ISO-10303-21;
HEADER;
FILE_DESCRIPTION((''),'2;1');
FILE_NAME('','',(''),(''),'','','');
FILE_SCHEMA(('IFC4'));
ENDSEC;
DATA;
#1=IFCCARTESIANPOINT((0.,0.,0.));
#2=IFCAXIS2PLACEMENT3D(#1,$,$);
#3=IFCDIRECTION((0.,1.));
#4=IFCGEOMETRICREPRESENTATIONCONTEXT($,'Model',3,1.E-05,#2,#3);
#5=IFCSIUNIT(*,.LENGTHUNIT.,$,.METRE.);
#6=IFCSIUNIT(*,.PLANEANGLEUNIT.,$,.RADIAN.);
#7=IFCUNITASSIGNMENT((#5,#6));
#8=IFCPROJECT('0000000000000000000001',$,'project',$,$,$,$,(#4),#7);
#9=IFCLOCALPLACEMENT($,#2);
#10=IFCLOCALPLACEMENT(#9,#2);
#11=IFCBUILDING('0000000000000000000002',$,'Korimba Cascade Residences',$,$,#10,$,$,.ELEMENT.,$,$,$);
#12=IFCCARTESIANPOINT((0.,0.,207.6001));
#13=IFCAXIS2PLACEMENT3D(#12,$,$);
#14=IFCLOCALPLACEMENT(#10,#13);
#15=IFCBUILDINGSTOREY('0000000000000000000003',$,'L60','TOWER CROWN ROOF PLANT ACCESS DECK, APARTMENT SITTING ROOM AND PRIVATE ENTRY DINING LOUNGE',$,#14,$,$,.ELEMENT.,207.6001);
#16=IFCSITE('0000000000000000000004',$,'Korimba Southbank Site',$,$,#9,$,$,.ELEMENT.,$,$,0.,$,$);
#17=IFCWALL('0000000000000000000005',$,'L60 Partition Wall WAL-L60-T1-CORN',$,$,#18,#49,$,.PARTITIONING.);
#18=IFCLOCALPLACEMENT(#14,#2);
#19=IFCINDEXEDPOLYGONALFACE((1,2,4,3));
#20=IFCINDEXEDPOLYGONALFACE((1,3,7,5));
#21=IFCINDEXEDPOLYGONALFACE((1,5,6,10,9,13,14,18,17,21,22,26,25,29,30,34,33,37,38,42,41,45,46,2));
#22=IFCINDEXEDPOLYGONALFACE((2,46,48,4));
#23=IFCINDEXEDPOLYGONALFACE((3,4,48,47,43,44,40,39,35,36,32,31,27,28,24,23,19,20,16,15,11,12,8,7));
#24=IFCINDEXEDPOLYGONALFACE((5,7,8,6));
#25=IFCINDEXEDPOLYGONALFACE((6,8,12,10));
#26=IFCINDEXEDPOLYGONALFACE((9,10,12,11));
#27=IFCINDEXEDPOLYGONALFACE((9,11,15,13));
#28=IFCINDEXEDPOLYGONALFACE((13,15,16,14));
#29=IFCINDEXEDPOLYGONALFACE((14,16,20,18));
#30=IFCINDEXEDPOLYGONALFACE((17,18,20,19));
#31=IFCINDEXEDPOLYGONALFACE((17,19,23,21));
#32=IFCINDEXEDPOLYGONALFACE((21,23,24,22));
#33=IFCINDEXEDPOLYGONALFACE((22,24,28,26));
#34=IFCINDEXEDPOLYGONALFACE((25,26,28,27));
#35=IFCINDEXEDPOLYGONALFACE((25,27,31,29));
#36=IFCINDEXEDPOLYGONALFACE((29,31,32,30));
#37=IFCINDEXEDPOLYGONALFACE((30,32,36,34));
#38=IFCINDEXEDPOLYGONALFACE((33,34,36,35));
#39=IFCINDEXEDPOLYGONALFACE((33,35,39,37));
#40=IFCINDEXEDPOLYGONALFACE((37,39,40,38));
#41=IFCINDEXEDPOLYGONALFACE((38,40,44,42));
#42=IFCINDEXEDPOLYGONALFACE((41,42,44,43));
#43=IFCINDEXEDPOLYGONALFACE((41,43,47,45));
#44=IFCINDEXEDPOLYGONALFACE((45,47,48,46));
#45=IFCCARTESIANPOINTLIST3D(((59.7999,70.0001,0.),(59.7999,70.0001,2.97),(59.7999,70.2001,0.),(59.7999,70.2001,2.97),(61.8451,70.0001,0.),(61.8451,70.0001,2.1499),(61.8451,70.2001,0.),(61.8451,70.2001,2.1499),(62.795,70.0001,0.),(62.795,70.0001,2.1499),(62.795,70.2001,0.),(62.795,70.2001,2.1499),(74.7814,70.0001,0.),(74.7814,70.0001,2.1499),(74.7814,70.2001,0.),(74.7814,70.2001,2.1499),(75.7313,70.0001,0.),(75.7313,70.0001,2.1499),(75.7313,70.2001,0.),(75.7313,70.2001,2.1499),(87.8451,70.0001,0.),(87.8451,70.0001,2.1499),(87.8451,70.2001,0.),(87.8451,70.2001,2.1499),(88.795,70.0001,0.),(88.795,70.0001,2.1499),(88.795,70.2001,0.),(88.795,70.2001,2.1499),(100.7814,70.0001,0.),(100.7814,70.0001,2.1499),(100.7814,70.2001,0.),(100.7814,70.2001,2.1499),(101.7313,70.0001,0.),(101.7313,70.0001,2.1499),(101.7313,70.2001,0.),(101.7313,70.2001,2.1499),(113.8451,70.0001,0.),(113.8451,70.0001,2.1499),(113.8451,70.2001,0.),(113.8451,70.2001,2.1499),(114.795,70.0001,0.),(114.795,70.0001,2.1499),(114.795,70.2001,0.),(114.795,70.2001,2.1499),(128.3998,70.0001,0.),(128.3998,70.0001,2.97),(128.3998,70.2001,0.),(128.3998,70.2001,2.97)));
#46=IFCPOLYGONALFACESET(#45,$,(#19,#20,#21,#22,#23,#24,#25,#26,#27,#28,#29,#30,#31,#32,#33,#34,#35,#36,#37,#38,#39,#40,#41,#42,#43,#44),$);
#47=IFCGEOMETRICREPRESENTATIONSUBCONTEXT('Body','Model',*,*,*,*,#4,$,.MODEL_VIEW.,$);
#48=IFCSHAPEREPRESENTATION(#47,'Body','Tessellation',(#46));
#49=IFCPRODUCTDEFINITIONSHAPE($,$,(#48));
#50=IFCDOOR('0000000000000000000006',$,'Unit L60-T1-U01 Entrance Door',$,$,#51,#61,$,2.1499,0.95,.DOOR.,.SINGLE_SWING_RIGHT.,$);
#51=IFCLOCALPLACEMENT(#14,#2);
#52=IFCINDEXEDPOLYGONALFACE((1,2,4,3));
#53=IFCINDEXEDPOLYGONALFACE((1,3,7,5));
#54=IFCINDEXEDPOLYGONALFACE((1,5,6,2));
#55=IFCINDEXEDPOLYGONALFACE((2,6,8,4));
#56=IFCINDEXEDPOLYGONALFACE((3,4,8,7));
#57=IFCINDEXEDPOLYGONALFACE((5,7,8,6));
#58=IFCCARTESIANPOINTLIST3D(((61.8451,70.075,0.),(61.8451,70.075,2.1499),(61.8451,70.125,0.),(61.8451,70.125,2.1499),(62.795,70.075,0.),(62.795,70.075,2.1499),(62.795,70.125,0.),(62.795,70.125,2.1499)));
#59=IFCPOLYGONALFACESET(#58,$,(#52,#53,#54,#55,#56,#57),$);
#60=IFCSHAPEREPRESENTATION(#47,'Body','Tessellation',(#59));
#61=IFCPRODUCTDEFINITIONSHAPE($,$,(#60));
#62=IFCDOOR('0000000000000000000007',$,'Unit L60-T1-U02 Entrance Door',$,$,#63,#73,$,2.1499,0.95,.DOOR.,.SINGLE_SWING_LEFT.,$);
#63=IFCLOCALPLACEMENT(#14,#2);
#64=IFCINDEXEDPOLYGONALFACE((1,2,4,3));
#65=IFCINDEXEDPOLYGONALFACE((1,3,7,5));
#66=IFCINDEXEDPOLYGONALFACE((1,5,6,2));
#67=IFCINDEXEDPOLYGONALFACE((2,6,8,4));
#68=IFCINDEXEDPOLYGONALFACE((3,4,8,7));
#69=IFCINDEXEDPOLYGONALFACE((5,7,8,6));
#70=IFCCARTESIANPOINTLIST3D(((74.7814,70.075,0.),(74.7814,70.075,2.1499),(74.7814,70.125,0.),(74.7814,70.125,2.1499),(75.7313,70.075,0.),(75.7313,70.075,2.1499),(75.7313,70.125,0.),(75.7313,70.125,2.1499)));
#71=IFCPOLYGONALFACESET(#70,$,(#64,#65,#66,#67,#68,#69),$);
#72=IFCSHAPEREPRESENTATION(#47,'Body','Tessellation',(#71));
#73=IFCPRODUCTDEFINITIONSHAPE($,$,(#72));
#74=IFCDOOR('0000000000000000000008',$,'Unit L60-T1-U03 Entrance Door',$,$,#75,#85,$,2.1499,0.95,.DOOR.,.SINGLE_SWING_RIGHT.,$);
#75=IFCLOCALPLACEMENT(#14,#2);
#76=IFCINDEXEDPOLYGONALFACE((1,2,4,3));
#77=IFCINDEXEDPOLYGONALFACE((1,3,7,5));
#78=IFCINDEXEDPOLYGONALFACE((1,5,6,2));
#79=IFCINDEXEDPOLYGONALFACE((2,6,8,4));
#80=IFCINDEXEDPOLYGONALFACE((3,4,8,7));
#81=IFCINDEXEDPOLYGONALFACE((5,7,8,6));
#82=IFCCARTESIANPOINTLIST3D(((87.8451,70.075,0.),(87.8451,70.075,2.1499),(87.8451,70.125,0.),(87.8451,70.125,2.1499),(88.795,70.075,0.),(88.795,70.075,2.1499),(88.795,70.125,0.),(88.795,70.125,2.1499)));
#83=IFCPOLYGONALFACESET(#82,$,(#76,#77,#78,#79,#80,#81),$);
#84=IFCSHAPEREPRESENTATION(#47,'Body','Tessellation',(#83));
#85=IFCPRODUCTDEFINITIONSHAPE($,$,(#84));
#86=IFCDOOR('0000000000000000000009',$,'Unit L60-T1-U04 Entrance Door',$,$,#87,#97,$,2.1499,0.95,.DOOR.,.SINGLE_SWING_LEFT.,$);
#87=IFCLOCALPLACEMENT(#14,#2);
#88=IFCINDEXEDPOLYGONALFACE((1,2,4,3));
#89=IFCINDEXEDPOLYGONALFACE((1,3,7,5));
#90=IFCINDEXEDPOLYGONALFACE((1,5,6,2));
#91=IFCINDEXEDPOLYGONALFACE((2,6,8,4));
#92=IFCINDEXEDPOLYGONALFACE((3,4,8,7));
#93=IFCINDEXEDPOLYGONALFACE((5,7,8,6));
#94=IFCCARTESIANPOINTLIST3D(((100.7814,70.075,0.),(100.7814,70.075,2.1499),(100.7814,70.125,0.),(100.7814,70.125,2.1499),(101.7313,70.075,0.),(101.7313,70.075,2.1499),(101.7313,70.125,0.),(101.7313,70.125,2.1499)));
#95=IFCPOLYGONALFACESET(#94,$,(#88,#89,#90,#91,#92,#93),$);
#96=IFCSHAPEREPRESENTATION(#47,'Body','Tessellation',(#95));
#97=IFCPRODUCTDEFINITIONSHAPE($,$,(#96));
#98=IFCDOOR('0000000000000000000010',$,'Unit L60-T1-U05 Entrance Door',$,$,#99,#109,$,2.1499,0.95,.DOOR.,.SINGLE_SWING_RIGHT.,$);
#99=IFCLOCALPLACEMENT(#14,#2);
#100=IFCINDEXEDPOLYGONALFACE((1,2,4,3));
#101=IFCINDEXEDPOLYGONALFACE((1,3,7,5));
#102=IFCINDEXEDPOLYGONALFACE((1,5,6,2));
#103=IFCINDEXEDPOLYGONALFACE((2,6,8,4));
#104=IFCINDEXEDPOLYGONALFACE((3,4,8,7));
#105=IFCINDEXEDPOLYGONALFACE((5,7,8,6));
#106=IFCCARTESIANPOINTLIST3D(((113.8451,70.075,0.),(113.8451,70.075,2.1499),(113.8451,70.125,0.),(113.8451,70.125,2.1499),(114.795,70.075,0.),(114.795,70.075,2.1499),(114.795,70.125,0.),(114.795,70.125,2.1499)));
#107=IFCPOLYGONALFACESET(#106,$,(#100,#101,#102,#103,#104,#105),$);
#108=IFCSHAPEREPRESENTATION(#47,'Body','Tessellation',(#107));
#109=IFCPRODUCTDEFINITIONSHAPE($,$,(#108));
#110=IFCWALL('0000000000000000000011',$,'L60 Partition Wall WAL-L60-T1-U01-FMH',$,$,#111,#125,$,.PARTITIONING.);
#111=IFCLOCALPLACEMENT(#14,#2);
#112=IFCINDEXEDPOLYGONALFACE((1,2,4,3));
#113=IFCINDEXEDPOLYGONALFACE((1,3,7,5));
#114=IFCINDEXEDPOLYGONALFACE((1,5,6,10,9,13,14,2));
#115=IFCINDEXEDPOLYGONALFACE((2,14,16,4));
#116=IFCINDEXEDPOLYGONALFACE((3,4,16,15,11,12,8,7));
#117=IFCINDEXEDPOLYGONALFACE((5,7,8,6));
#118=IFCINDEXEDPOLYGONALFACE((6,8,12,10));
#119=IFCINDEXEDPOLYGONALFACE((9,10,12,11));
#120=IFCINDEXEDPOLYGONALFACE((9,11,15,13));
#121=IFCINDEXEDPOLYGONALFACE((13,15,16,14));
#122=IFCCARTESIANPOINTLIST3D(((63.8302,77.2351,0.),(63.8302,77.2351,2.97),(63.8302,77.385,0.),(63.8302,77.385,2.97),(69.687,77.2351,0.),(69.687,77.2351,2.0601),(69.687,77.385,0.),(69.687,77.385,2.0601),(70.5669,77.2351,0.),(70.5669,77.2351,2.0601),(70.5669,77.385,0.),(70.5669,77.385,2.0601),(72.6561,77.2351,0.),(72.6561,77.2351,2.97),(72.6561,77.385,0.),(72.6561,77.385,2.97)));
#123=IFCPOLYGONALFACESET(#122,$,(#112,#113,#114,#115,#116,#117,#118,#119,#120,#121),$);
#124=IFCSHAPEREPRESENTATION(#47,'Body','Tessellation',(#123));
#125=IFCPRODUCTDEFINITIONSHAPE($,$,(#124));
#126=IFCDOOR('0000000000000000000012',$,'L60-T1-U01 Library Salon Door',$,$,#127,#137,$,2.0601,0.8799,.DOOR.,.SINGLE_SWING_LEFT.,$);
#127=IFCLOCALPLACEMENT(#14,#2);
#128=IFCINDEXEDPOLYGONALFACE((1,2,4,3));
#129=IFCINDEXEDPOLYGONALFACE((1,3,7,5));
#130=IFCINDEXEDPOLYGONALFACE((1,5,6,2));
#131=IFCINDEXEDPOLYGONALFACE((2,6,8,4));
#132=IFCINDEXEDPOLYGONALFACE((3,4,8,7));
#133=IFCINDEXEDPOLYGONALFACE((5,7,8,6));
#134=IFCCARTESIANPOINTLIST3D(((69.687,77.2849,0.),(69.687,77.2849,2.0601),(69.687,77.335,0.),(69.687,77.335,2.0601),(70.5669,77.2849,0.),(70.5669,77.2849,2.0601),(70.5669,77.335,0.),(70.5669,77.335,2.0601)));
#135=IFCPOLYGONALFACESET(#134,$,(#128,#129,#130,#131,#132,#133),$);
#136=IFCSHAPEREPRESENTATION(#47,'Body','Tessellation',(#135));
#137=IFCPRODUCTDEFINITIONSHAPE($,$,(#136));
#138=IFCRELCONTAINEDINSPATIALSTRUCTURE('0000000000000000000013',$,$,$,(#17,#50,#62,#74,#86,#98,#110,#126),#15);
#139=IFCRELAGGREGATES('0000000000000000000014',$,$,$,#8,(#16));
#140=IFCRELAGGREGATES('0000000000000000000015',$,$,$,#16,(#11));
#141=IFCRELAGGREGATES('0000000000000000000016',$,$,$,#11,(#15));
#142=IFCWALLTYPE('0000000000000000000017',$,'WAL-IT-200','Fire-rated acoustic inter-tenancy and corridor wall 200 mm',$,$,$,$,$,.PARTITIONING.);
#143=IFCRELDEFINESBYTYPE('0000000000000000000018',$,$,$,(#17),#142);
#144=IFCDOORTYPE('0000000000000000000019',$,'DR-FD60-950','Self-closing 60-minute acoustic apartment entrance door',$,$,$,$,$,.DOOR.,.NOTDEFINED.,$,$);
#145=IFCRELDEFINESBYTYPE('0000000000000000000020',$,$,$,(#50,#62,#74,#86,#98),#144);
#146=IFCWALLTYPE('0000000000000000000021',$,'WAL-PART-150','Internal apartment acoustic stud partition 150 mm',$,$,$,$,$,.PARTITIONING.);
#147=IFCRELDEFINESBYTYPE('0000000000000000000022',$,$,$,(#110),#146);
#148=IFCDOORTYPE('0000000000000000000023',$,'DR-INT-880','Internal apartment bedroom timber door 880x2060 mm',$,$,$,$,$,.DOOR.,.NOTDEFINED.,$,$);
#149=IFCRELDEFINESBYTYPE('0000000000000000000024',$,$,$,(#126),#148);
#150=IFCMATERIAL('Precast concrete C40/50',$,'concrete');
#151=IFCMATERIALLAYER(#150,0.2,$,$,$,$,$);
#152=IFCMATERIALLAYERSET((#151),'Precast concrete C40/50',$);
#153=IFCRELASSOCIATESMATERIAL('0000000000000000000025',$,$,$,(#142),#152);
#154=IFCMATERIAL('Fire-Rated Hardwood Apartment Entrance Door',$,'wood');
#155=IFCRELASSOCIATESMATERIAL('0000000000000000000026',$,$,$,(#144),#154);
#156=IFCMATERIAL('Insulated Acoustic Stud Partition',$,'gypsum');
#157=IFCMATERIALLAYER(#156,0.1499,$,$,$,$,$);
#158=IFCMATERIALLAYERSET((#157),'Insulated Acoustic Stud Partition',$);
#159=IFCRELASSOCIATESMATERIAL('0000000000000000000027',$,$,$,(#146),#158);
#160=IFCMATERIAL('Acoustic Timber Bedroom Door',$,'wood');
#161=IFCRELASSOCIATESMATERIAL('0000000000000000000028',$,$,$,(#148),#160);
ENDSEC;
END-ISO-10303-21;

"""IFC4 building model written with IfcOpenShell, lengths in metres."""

from ifc_helpers import new_model, si_unit, direction, frame, frame_2d, origin, place, context, subcontext, project, spatial, rectangle, extrude, material, layer, layer_set, type_object, element, fill, save


model = new_model("IFC4")

# Units and contexts
model_context = context("Model", 3, precision=1e-05, world=origin(), true_north=direction((0.0, 1.0)))
body_context = subcontext(model_context, "Body", "Model", "MODEL_VIEW")
ifc_project = project(units=[si_unit("LENGTHUNIT", "METRE"), si_unit("PLANEANGLEUNIT", "RADIAN")], contexts=[model_context])

# Site, building, storey
site_placement = place(None, origin())
site = spatial("IfcSite", under=ifc_project, at=site_placement, Name="Korimba Southbank Site", CompositionType="ELEMENT", RefElevation=0.0)
building_placement = place(site_placement, origin())
building = spatial("IfcBuilding", under=site, at=building_placement, Name="Korimba Cascade Residences", CompositionType="ELEMENT")
storey_placement = place(building_placement, frame((0.0, 0.0, 207.6001)))
storey = spatial("IfcBuildingStorey", under=building, at=storey_placement, Name="L60", Description="TOWER CROWN ROOF PLANT ACCESS DECK, APARTMENT SITTING ROOM AND PRIVATE ENTRY DINING LOUNGE", CompositionType="ELEMENT", Elevation=207.6001)

# Shared definitions
ifc_material_1 = material(Name="Precast concrete C40/50", Category="concrete")
ifc_layer_1 = layer(ifc_material_1, 0.2)
ifc_layer_set_1 = layer_set([ifc_layer_1], Name="Precast concrete C40/50")
wall_type_1 = type_object("IfcWallType", Name="WAL-IT-200", Description="Fire-rated acoustic inter-tenancy and corridor wall 200 mm", PredefinedType="PARTITIONING", material=ifc_layer_set_1)

# Wall, openings, doors
wall_1_placement = place(storey_placement, frame((59.8, 70.1001, 0.0), z_axis=(0.0, 0.0, 1.0), x_axis=(1.0, 0.0, 0.0)))
wall_1 = element("IfcWall", 1, at=wall_1_placement, inside=storey, type_object=wall_type_1, Name="L60 Partition Wall WAL-L60-T1-CORN", PredefinedType="PARTITIONING", context=body_context, shape_type="SweptSolid", body=[
    extrude(rectangle(XDim=68.5999, YDim=0.2, at=frame_2d((34.2998, 0.0))), origin(), (0.0, 0.0, 1.0), 2.97),
])
opening_1_placement = place(wall_1_placement, frame((2.0449, 0.0, 0.0)))
opening_1 = element("IfcOpeningElement", 2, at=opening_1_placement, cuts=wall_1, PredefinedType="OPENING", context=body_context, shape_type="SweptSolid", body=[
    extrude(rectangle(XDim=0.95, YDim=2.1499, at=frame_2d((0.4751, 1.075))), frame((0.0, 0.1099, 0.0), z_axis=(0.0, -1.0, 0.0), x_axis=(1.0, 0.0, 0.0)), (0.0, 0.0, 1.0), 0.22),
])
opening_2_placement = place(wall_1_placement, frame((14.9812, 0.0, 0.0)))
opening_2 = element("IfcOpeningElement", 3, at=opening_2_placement, cuts=wall_1, PredefinedType="OPENING", context=body_context, shape_type="SweptSolid", body=[
    extrude(rectangle(XDim=0.95, YDim=2.1499, at=frame_2d((0.4751, 1.075))), frame((0.0, 0.1099, 0.0), z_axis=(0.0, -1.0, 0.0), x_axis=(1.0, 0.0, 0.0)), (0.0, 0.0, 1.0), 0.22),
])
opening_3_placement = place(wall_1_placement, frame((28.0449, 0.0, 0.0)))
opening_3 = element("IfcOpeningElement", 4, at=opening_3_placement, cuts=wall_1, PredefinedType="OPENING", context=body_context, shape_type="SweptSolid", body=[
    extrude(rectangle(XDim=0.95, YDim=2.1499, at=frame_2d((0.4751, 1.075))), frame((0.0, 0.1099, 0.0), z_axis=(0.0, -1.0, 0.0), x_axis=(1.0, 0.0, 0.0)), (0.0, 0.0, 1.0), 0.22),
])
opening_4_placement = place(wall_1_placement, frame((40.9812, 0.0, 0.0)))
opening_4 = element("IfcOpeningElement", 5, at=opening_4_placement, cuts=wall_1, PredefinedType="OPENING", context=body_context, shape_type="SweptSolid", body=[
    extrude(rectangle(XDim=0.95, YDim=2.1499, at=frame_2d((0.4751, 1.075))), frame((0.0, 0.1099, 0.0), z_axis=(0.0, -1.0, 0.0), x_axis=(1.0, 0.0, 0.0)), (0.0, 0.0, 1.0), 0.22),
])
opening_5_placement = place(wall_1_placement, frame((54.0449, 0.0, 0.0)))
opening_5 = element("IfcOpeningElement", 6, at=opening_5_placement, cuts=wall_1, PredefinedType="OPENING", context=body_context, shape_type="SweptSolid", body=[
    extrude(rectangle(XDim=0.95, YDim=2.1499, at=frame_2d((0.4751, 1.075))), frame((0.0, 0.1099, 0.0), z_axis=(0.0, -1.0, 0.0), x_axis=(1.0, 0.0, 0.0)), (0.0, 0.0, 1.0), 0.22),
])
ifc_material_2 = material(Name="Fire-Rated Hardwood Apartment Entrance Door", Category="wood")
door_type_1 = type_object("IfcDoorType", Name="DR-FD60-950", Description="Self-closing 60-minute acoustic apartment entrance door", OperationType="NOTDEFINED", PredefinedType="DOOR", material=ifc_material_2)
door_1_placement = place(opening_1_placement, origin())
door_1 = element("IfcDoor", 7, at=door_1_placement, inside=storey, type_object=door_type_1, Name="Unit L60-T1-U01 Entrance Door", OperationType="SINGLE_SWING_RIGHT", OverallHeight=2.1499, OverallWidth=0.95, PredefinedType="DOOR", context=body_context, shape_type="SweptSolid", body=[
    extrude(rectangle(XDim=0.95, YDim=2.1499, at=frame_2d((0.4751, 1.075))), frame((0.0, 0.0249, 0.0), z_axis=(0.0, -1.0, 0.0), x_axis=(1.0, 0.0, 0.0)), (0.0, 0.0, 1.0), 0.05),
])
fill(opening_1, door_1)
door_2_placement = place(opening_2_placement, origin())
door_2 = element("IfcDoor", 8, at=door_2_placement, inside=storey, type_object=door_type_1, Name="Unit L60-T1-U02 Entrance Door", OperationType="SINGLE_SWING_LEFT", OverallHeight=2.1499, OverallWidth=0.95, PredefinedType="DOOR", context=body_context, shape_type="SweptSolid", body=[
    extrude(rectangle(XDim=0.95, YDim=2.1499, at=frame_2d((0.4751, 1.075))), frame((0.0, 0.0249, 0.0), z_axis=(0.0, -1.0, 0.0), x_axis=(1.0, 0.0, 0.0)), (0.0, 0.0, 1.0), 0.05),
])
fill(opening_2, door_2)
door_3_placement = place(opening_3_placement, origin())
door_3 = element("IfcDoor", 9, at=door_3_placement, inside=storey, type_object=door_type_1, Name="Unit L60-T1-U03 Entrance Door", OperationType="SINGLE_SWING_RIGHT", OverallHeight=2.1499, OverallWidth=0.95, PredefinedType="DOOR", context=body_context, shape_type="SweptSolid", body=[
    extrude(rectangle(XDim=0.95, YDim=2.1499, at=frame_2d((0.4751, 1.075))), frame((0.0, 0.0249, 0.0), z_axis=(0.0, -1.0, 0.0), x_axis=(1.0, 0.0, 0.0)), (0.0, 0.0, 1.0), 0.05),
])
fill(opening_3, door_3)
door_4_placement = place(opening_4_placement, origin())
door_4 = element("IfcDoor", 10, at=door_4_placement, inside=storey, type_object=door_type_1, Name="Unit L60-T1-U04 Entrance Door", OperationType="SINGLE_SWING_LEFT", OverallHeight=2.1499, OverallWidth=0.95, PredefinedType="DOOR", context=body_context, shape_type="SweptSolid", body=[
    extrude(rectangle(XDim=0.95, YDim=2.1499, at=frame_2d((0.4751, 1.075))), frame((0.0, 0.0249, 0.0), z_axis=(0.0, -1.0, 0.0), x_axis=(1.0, 0.0, 0.0)), (0.0, 0.0, 1.0), 0.05),
])
fill(opening_4, door_4)
door_5_placement = place(opening_5_placement, origin())
door_5 = element("IfcDoor", 11, at=door_5_placement, inside=storey, type_object=door_type_1, Name="Unit L60-T1-U05 Entrance Door", OperationType="SINGLE_SWING_RIGHT", OverallHeight=2.1499, OverallWidth=0.95, PredefinedType="DOOR", context=body_context, shape_type="SweptSolid", body=[
    extrude(rectangle(XDim=0.95, YDim=2.1499, at=frame_2d((0.4751, 1.075))), frame((0.0, 0.0249, 0.0), z_axis=(0.0, -1.0, 0.0), x_axis=(1.0, 0.0, 0.0)), (0.0, 0.0, 1.0), 0.05),
])
fill(opening_5, door_5)

# Wall, opening, door
ifc_material_3 = material(Name="Insulated Acoustic Stud Partition", Category="gypsum")
ifc_layer_2 = layer(ifc_material_3, 0.1499)
ifc_layer_set_2 = layer_set([ifc_layer_2], Name="Insulated Acoustic Stud Partition")
wall_type_2 = type_object("IfcWallType", Name="WAL-PART-150", Description="Internal apartment acoustic stud partition 150 mm", PredefinedType="PARTITIONING", material=ifc_layer_set_2)
wall_2_placement = place(storey_placement, frame((63.8301, 77.3101, 0.0), z_axis=(0.0, 0.0, 1.0), x_axis=(1.0, 0.0, 0.0)))
wall_2 = element("IfcWall", 12, at=wall_2_placement, inside=storey, type_object=wall_type_2, Name="L60 Partition Wall WAL-L60-T1-U01-FMH", PredefinedType="PARTITIONING", context=body_context, shape_type="SweptSolid", body=[
    extrude(rectangle(XDim=8.8259, YDim=0.1499, at=frame_2d((4.4131, 0.0))), origin(), (0.0, 0.0, 1.0), 2.97),
])
opening_6_placement = place(wall_2_placement, frame((5.8569, 0.0, 0.0)))
opening_6 = element("IfcOpeningElement", 13, at=opening_6_placement, cuts=wall_2, PredefinedType="OPENING", context=body_context, shape_type="SweptSolid", body=[
    extrude(rectangle(XDim=0.8799, YDim=2.0601, at=frame_2d((0.4399, 1.03))), frame((0.0, 0.085, 0.0), z_axis=(0.0, -1.0, 0.0), x_axis=(1.0, 0.0, 0.0)), (0.0, 0.0, 1.0), 0.1699),
])
ifc_material_4 = material(Name="Acoustic Timber Bedroom Door", Category="wood")
door_type_2 = type_object("IfcDoorType", Name="DR-INT-880", Description="Internal apartment bedroom timber door 880x2060 mm", OperationType="NOTDEFINED", PredefinedType="DOOR", material=ifc_material_4)
door_6_placement = place(opening_6_placement, origin())
door_6 = element("IfcDoor", 14, at=door_6_placement, inside=storey, type_object=door_type_2, Name="L60-T1-U01 Library Salon Door", OperationType="SINGLE_SWING_LEFT", OverallHeight=2.0601, OverallWidth=0.8799, PredefinedType="DOOR", context=body_context, shape_type="SweptSolid", body=[
    extrude(rectangle(XDim=0.8799, YDim=2.0601, at=frame_2d((0.4399, 1.03))), frame((0.0, 0.0249, 0.0), z_axis=(0.0, -1.0, 0.0), x_axis=(1.0, 0.0, 0.0)), (0.0, 0.0, 1.0), 0.05),
])
fill(opening_6, door_6)

save(model, "model.ifc")
